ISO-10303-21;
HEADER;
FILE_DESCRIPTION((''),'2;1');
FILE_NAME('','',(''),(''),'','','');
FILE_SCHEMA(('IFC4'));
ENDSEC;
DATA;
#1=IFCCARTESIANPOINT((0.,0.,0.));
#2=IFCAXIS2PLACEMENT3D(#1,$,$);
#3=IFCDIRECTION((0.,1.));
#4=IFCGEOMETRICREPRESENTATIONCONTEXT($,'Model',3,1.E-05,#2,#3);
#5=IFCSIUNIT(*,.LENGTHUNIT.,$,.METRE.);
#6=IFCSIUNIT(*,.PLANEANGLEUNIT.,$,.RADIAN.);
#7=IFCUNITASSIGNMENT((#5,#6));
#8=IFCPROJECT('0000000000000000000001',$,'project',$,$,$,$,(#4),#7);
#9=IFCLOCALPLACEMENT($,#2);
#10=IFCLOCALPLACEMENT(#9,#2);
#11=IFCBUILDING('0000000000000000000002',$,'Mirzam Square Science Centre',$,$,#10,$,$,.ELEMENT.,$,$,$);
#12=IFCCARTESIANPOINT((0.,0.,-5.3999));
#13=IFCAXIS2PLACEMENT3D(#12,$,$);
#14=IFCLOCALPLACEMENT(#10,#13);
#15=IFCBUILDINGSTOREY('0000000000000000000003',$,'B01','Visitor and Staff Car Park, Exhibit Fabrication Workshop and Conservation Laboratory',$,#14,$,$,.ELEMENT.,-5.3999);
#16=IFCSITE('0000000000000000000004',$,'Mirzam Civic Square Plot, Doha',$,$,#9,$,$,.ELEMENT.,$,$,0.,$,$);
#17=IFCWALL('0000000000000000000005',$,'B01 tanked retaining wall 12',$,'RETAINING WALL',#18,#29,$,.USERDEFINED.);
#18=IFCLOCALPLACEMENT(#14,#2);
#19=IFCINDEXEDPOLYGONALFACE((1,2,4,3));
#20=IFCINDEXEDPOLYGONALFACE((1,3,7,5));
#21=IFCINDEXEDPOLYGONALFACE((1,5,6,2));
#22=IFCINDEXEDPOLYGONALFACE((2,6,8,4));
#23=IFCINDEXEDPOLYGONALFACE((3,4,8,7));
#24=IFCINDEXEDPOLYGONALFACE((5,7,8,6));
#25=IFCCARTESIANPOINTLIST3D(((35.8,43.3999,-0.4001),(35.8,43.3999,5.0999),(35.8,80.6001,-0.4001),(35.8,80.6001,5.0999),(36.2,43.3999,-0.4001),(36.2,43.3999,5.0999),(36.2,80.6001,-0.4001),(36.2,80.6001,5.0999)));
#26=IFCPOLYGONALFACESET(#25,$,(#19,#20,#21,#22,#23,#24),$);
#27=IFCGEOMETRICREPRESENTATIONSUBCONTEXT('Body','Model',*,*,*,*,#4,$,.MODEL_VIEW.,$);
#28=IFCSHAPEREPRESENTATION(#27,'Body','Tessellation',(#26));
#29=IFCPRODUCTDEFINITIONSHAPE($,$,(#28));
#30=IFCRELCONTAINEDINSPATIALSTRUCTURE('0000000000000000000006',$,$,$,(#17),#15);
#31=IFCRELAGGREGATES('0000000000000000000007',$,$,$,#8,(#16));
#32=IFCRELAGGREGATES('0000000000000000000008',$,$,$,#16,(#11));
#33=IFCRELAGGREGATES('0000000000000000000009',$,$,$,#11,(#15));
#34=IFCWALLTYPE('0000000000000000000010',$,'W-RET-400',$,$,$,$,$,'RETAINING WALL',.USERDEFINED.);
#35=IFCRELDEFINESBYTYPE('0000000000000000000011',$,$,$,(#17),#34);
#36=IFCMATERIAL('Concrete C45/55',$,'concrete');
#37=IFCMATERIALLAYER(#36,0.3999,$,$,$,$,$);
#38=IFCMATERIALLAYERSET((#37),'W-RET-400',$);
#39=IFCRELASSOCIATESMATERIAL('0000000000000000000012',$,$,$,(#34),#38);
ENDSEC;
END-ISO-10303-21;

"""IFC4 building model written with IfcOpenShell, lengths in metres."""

from ifc_helpers import new_model, si_unit, direction, frame, frame_2d, origin, place, context, subcontext, project, spatial, rectangle, extrude, material, layer, layer_set, type_object, element, save


model = new_model("IFC4")

# Units and contexts
model_context = context("Model", 3, precision=1e-05, world=origin(), true_north=direction((0.0, 1.0)))
body_context = subcontext(model_context, "Body", "Model", "MODEL_VIEW")
ifc_project = project(units=[si_unit("LENGTHUNIT", "METRE"), si_unit("PLANEANGLEUNIT", "RADIAN")], contexts=[model_context])

# Site, building, storey
site_placement = place(None, origin())
site = spatial("IfcSite", under=ifc_project, at=site_placement, Name="Mirzam Civic Square Plot, Doha", CompositionType="ELEMENT", RefElevation=0.0)
building_placement = place(site_placement, origin())
building = spatial("IfcBuilding", under=site, at=building_placement, Name="Mirzam Square Science Centre", CompositionType="ELEMENT")
storey_placement = place(building_placement, frame((0.0, 0.0, -5.3999)))
storey = spatial("IfcBuildingStorey", under=building, at=storey_placement, Name="B01", Description="Visitor and Staff Car Park, Exhibit Fabrication Workshop and Conservation Laboratory", CompositionType="ELEMENT", Elevation=-5.3999)

# Shared definitions
ifc_material_1 = material(Name="Concrete C45/55", Category="concrete")

# Wall
ifc_layer_1 = layer(ifc_material_1, 0.3999)
ifc_layer_set_1 = layer_set([ifc_layer_1], Name="W-RET-400")
wall_type = type_object("IfcWallType", Name="W-RET-400", ElementType="RETAINING WALL", PredefinedType="USERDEFINED", material=ifc_layer_set_1)
wall_placement = place(storey_placement, frame((36.0, 43.3999, -0.4001), z_axis=(0.0, 0.0, 1.0), x_axis=(0.0, 1.0, 0.0)))
element("IfcWall", 1, at=wall_placement, inside=storey, type_object=wall_type, Name="B01 tanked retaining wall 12", ObjectType="RETAINING WALL", PredefinedType="USERDEFINED", context=body_context, shape_type="SweptSolid", body=[
    extrude(rectangle(XDim=37.2002, YDim=0.3999, at=frame_2d((18.6001, 0.0))), origin(), (0.0, 0.0, 1.0), 5.5),
])

save(model, "model.ifc")
